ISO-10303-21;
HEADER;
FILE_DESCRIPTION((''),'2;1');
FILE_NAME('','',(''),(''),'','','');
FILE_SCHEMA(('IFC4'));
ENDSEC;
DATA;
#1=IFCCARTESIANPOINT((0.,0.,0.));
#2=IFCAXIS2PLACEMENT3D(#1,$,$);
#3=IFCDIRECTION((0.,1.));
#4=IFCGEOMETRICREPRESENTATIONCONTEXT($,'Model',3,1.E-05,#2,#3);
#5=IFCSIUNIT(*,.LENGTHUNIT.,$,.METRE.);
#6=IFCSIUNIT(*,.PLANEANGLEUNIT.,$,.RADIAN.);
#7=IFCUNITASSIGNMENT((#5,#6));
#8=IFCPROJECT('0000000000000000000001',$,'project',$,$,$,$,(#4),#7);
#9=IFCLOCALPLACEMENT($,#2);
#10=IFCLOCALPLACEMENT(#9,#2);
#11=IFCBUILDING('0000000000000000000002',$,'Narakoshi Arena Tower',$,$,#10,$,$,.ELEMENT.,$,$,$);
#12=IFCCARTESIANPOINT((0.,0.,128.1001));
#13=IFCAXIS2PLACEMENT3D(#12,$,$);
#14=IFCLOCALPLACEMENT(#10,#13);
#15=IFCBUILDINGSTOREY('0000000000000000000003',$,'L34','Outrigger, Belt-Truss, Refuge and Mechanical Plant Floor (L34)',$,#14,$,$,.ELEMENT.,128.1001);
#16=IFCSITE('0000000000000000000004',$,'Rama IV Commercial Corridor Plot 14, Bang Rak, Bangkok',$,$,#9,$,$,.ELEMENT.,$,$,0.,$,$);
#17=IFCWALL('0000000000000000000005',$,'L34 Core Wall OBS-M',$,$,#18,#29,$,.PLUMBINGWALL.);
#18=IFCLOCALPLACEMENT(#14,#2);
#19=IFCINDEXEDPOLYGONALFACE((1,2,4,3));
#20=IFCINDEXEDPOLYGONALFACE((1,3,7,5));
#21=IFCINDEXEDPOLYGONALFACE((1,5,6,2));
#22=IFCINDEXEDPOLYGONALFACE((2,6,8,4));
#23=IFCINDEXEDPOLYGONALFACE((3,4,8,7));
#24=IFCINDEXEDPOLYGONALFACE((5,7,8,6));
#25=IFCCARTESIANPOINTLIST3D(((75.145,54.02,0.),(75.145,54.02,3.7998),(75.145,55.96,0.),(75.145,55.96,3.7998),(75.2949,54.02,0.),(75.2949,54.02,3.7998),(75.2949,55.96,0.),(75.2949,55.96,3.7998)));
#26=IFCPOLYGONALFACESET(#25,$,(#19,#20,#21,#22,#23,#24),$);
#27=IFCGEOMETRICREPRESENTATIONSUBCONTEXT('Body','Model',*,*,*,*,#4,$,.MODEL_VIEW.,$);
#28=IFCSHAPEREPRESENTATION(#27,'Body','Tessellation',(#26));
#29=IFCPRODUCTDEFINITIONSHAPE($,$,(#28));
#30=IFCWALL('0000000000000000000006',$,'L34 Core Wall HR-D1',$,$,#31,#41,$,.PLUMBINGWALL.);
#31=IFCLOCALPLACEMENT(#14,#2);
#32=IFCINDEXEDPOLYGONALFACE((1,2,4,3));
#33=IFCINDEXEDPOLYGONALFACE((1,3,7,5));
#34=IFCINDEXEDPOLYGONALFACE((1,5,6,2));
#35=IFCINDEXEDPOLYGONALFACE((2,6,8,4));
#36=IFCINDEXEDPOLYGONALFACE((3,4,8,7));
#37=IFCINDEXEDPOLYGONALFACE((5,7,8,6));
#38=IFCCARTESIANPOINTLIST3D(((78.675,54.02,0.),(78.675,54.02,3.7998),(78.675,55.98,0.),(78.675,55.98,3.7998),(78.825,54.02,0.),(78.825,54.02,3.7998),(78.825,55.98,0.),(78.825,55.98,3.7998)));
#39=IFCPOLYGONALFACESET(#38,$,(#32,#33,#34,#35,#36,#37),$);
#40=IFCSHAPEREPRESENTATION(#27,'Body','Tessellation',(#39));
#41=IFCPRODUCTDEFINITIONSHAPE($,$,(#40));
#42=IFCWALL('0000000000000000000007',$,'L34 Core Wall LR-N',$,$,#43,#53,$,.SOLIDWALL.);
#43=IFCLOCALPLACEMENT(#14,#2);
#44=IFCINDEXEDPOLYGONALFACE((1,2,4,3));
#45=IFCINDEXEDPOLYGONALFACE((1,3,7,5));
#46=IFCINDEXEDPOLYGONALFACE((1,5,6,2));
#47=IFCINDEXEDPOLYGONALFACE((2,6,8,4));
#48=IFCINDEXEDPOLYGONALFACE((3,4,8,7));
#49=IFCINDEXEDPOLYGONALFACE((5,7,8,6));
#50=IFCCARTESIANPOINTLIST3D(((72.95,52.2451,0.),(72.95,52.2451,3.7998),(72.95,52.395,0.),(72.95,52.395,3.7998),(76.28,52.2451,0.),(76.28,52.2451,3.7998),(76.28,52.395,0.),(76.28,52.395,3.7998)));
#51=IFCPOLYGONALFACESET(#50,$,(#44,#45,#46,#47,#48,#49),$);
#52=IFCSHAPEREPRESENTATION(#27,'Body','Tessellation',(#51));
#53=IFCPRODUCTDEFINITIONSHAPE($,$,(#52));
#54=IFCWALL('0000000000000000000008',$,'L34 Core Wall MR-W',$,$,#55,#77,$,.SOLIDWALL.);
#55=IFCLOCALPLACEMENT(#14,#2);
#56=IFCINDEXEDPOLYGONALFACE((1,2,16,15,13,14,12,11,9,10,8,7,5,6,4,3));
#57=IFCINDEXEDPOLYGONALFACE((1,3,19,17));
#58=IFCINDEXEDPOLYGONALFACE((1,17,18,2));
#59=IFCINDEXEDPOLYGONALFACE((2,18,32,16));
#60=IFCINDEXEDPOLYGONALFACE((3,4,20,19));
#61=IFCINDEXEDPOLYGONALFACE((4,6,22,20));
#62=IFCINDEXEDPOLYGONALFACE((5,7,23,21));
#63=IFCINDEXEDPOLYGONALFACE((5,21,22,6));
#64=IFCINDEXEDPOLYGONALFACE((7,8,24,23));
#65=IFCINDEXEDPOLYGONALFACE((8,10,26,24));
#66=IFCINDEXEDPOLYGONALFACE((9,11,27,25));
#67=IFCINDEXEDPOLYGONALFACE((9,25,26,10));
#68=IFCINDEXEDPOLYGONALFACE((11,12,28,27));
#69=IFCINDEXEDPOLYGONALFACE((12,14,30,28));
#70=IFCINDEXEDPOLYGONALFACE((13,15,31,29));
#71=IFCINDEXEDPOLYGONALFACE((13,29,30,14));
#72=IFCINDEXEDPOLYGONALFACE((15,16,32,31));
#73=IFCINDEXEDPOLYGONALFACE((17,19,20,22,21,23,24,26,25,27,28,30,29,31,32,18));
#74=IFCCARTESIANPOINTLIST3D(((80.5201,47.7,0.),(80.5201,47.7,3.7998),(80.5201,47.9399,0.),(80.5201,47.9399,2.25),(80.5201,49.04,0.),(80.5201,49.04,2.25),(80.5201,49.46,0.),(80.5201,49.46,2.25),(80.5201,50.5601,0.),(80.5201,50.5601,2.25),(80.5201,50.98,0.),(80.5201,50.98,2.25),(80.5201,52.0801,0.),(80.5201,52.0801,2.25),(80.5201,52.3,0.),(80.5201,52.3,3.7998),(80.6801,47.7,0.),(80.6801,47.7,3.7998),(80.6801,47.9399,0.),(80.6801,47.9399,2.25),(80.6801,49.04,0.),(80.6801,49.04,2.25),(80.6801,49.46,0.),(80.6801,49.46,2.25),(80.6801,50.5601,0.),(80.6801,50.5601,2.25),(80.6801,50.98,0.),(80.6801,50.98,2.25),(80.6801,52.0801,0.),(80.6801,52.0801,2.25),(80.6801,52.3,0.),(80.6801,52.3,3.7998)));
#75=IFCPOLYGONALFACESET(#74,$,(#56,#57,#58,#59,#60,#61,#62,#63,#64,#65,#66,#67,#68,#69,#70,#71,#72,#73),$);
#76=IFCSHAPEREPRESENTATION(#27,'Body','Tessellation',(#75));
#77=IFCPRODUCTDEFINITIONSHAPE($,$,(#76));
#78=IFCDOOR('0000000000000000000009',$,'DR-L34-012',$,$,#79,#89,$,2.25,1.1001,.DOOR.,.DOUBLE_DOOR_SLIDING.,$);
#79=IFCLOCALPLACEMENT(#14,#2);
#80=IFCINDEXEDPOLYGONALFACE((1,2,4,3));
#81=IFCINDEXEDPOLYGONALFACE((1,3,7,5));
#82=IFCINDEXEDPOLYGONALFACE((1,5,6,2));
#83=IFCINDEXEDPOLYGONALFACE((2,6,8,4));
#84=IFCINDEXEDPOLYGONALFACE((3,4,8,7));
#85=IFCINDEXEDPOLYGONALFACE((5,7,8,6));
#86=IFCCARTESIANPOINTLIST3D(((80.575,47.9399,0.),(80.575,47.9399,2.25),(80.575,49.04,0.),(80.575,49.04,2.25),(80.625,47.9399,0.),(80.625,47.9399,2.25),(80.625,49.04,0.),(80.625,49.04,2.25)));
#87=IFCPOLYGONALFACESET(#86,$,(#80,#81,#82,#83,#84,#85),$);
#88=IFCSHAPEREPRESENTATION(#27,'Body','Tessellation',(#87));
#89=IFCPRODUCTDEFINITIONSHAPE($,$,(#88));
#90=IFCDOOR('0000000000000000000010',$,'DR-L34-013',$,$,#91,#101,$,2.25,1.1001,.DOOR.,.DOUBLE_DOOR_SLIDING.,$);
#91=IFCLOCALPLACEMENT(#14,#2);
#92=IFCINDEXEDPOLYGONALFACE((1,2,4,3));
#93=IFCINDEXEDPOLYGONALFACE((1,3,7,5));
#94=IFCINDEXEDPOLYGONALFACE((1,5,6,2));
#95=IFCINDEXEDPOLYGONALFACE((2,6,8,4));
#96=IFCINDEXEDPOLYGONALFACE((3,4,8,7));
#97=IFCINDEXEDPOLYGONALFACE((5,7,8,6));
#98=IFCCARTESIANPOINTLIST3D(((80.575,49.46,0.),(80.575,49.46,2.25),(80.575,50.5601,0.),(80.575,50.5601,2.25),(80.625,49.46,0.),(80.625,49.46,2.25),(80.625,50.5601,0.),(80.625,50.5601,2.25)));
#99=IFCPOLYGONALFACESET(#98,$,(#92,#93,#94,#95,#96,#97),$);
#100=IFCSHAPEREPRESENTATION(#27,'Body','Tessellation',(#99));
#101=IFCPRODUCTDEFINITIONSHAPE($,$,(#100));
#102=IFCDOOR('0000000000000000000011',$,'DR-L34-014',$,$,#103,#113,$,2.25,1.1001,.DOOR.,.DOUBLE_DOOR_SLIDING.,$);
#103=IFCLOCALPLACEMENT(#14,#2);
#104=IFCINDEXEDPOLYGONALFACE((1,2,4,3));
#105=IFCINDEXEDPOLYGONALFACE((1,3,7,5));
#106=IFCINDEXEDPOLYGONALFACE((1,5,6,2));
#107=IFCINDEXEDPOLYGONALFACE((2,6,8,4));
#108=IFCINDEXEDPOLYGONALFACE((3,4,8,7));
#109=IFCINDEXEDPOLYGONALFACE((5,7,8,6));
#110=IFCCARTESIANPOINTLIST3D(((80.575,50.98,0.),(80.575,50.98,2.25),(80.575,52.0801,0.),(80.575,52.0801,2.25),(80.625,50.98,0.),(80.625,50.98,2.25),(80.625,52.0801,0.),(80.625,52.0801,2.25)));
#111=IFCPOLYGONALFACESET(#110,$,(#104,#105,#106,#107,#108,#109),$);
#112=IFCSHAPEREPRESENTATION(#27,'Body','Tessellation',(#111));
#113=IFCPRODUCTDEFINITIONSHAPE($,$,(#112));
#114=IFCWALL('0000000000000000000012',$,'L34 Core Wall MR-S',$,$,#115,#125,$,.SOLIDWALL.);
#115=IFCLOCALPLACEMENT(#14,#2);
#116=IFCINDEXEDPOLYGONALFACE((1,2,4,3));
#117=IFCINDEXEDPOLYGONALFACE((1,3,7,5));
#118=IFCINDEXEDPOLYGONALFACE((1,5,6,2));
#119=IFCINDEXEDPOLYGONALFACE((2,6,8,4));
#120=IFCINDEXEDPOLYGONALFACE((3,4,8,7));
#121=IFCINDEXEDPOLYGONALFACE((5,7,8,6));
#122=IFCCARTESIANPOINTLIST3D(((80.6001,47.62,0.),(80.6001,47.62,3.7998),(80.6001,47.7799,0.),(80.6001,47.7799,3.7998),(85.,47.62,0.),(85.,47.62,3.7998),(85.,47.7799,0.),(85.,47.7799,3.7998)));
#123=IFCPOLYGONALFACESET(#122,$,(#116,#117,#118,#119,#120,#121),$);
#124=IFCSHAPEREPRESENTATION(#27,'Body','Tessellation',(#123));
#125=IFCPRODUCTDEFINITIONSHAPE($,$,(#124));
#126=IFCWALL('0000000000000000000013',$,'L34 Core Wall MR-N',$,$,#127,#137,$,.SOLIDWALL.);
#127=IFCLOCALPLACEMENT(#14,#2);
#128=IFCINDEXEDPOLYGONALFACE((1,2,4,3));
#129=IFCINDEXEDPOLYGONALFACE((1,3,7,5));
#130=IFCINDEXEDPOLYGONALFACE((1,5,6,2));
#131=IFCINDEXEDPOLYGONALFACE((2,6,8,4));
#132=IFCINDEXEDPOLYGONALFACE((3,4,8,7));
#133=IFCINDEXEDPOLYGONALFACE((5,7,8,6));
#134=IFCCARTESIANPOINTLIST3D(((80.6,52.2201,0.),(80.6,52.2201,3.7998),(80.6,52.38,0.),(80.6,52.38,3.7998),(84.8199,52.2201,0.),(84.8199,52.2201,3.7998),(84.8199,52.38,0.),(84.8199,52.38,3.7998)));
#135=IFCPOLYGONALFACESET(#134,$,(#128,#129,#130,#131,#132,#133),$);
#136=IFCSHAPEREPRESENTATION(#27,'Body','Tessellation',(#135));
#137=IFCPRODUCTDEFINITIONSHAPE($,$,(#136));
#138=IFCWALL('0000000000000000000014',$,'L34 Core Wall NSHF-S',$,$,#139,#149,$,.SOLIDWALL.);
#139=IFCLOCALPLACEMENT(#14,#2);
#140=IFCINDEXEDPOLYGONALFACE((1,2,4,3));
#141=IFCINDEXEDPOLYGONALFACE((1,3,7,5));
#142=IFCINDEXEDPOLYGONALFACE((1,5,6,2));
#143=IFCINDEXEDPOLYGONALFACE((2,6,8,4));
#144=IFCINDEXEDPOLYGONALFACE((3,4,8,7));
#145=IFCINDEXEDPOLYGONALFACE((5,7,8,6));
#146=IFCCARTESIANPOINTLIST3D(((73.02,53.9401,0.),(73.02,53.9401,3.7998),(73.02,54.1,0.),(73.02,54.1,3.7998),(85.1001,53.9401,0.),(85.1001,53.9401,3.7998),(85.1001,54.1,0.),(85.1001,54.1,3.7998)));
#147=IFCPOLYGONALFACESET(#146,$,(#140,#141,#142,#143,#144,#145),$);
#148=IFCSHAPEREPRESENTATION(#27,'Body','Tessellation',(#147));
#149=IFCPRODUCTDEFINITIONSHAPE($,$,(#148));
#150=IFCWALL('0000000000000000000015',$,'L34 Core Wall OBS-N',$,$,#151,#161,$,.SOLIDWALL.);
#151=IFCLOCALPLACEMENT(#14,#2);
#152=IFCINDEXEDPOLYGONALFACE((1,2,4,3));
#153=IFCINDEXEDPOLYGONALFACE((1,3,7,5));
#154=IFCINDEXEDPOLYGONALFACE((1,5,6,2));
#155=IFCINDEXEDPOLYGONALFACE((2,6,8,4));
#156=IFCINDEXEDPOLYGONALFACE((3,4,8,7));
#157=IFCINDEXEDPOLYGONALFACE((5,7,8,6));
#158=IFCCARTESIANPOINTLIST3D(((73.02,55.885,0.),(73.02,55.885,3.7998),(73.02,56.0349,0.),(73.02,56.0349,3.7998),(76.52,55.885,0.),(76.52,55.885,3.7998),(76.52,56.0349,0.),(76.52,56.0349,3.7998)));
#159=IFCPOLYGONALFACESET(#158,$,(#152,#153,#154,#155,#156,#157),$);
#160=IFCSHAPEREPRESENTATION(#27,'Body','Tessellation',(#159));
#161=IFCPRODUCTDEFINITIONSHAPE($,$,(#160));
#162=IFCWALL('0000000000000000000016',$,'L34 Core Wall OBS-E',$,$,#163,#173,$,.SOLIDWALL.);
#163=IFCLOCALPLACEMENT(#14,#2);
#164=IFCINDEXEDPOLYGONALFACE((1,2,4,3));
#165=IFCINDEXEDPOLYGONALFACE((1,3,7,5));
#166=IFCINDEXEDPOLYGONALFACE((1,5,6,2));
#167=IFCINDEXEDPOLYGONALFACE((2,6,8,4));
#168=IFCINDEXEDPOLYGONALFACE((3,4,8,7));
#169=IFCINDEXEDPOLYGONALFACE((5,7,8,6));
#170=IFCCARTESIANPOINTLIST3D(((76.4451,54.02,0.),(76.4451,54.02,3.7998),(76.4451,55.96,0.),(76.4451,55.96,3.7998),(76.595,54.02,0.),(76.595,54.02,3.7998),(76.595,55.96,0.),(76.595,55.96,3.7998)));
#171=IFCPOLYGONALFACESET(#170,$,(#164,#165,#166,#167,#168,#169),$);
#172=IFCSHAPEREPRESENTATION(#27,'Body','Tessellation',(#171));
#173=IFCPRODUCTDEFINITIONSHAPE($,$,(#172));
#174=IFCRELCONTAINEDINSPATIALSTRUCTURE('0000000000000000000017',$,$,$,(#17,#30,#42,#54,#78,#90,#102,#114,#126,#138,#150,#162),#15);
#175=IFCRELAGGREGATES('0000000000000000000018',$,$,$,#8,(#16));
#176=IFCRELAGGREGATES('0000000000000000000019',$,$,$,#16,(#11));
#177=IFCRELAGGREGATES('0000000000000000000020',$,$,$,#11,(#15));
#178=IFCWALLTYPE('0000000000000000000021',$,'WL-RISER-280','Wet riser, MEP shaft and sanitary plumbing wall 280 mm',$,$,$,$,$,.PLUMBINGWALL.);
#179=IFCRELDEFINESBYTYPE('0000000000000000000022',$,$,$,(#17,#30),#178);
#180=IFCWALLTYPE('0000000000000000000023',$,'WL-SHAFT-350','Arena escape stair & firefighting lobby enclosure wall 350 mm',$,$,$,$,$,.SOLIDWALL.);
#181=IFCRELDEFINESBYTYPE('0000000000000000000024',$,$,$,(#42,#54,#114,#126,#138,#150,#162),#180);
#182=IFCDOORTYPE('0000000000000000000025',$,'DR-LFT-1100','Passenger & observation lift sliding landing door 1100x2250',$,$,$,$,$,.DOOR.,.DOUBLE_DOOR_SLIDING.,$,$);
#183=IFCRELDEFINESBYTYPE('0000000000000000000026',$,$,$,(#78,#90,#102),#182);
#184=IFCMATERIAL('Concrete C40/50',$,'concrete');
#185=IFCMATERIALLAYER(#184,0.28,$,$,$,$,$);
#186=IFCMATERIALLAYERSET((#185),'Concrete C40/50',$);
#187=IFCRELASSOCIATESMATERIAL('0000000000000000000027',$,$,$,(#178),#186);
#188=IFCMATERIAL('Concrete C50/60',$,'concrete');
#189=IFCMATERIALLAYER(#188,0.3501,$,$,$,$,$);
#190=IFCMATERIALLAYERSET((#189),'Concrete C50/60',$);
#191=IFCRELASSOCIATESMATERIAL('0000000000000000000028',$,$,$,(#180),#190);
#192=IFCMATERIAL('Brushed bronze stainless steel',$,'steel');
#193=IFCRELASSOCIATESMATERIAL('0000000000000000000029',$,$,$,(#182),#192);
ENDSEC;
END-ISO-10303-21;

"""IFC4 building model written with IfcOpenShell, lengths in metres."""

from ifc_helpers import new_model, si_unit, direction, frame, frame_2d, origin, place, context, subcontext, project, spatial, rectangle, extrude, material, layer, layer_set, type_object, element, fill, save


model = new_model("IFC4")

# Units and contexts
model_context = context("Model", 3, precision=1e-05, world=origin(), true_north=direction((0.0, 1.0)))
body_context = subcontext(model_context, "Body", "Model", "MODEL_VIEW")
ifc_project = project(units=[si_unit("LENGTHUNIT", "METRE"), si_unit("PLANEANGLEUNIT", "RADIAN")], contexts=[model_context])

# Site, building, storey
site_placement = place(None, origin())
site = spatial("IfcSite", under=ifc_project, at=site_placement, Name="Rama IV Commercial Corridor Plot 14, Bang Rak, Bangkok", CompositionType="ELEMENT", RefElevation=0.0)
building_placement = place(site_placement, origin())
building = spatial("IfcBuilding", under=site, at=building_placement, Name="Narakoshi Arena Tower", CompositionType="ELEMENT")
storey_placement = place(building_placement, frame((0.0, 0.0, 128.1001)))
storey = spatial("IfcBuildingStorey", under=building, at=storey_placement, Name="L34", Description="Outrigger, Belt-Truss, Refuge and Mechanical Plant Floor (L34)", CompositionType="ELEMENT", Elevation=128.1001)

# Walls
ifc_material_1 = material(Name="Concrete C40/50", Category="concrete")
ifc_layer_1 = layer(ifc_material_1, 0.28)
ifc_layer_set_1 = layer_set([ifc_layer_1], Name="Concrete C40/50")
wall_type_1 = type_object("IfcWallType", Name="WL-RISER-280", Description="Wet riser, MEP shaft and sanitary plumbing wall 280 mm", PredefinedType="PLUMBINGWALL", material=ifc_layer_set_1)
for number, where, z_axis, x_axis, name in (
    (1, (75.22, 54.02, 0.0), (0.0, 0.0, 1.0), (0.0, 1.0, 0.0), "L34 Core Wall OBS-M"),
):
    element("IfcWall", number, at=place(storey_placement, frame(where, z_axis=z_axis, x_axis=x_axis)), inside=storey, type_object=wall_type_1, Name=name, PredefinedType="PLUMBINGWALL", context=body_context, shape_type="SweptSolid", body=[
        extrude(rectangle(XDim=1.9399, YDim=0.1499, at=frame_2d((0.97, 0.0))), origin(), (0.0, 0.0, 1.0), 3.7998),
    ])
wall_1_placement = place(storey_placement, frame((78.75, 54.02, 0.0), z_axis=(0.0, 0.0, 1.0), x_axis=(0.0, 1.0, 0.0)))
element("IfcWall", 2, at=wall_1_placement, inside=storey, type_object=wall_type_1, Name="L34 Core Wall HR-D1", PredefinedType="PLUMBINGWALL", context=body_context, shape_type="SweptSolid", body=[
    extrude(rectangle(XDim=1.96, YDim=0.1499, at=frame_2d((0.98, 0.0))), origin(), (0.0, 0.0, 1.0), 3.7998),
])
ifc_material_2 = material(Name="Concrete C50/60", Category="concrete")
ifc_layer_2 = layer(ifc_material_2, 0.3501)
ifc_layer_set_2 = layer_set([ifc_layer_2], Name="Concrete C50/60")
wall_type_2 = type_object("IfcWallType", Name="WL-SHAFT-350", Description="Arena escape stair & firefighting lobby enclosure wall 350 mm", PredefinedType="SOLIDWALL", material=ifc_layer_set_2)
wall_2_placement = place(storey_placement, frame((72.95, 52.3201, 0.0), z_axis=(0.0, 0.0, 1.0), x_axis=(1.0, 0.0, 0.0)))
element("IfcWall", 3, at=wall_2_placement, inside=storey, type_object=wall_type_2, Name="L34 Core Wall LR-N", PredefinedType="SOLIDWALL", context=body_context, shape_type="SweptSolid", body=[
    extrude(rectangle(XDim=3.3301, YDim=0.1499, at=frame_2d((1.665, 0.0))), origin(), (0.0, 0.0, 1.0), 3.7998),
])

# Wall, openings, doors
wall_3_placement = place(storey_placement, frame((80.6001, 47.7, 0.0), z_axis=(0.0, 0.0, 1.0), x_axis=(0.0, 1.0, 0.0)))
wall_3 = element("IfcWall", 4, at=wall_3_placement, inside=storey, type_object=wall_type_2, Name="L34 Core Wall MR-W", PredefinedType="SOLIDWALL", context=body_context, shape_type="SweptSolid", body=[
    extrude(rectangle(XDim=4.6001, YDim=0.1599, at=frame_2d((2.3, 0.0))), origin(), (0.0, 0.0, 1.0), 3.7998),
])
opening_1_placement = place(wall_3_placement, frame((0.24, 0.0, 0.0)))
opening_1 = element("IfcOpeningElement", 5, at=opening_1_placement, cuts=wall_3, PredefinedType="OPENING", context=body_context, shape_type="SweptSolid", body=[
    extrude(rectangle(XDim=1.1001, YDim=2.25, at=frame_2d((0.55, 1.125))), frame((0.0, 0.0898, 0.0), z_axis=(0.0, -1.0, 0.0), x_axis=(1.0, 0.0, 0.0)), (0.0, 0.0, 1.0), 0.1799),
])
opening_2_placement = place(wall_3_placement, frame((1.76, 0.0, 0.0)))
opening_2 = element("IfcOpeningElement", 6, at=opening_2_placement, cuts=wall_3, PredefinedType="OPENING", context=body_context, shape_type="SweptSolid", body=[
    extrude(rectangle(XDim=1.1001, YDim=2.25, at=frame_2d((0.55, 1.125))), frame((0.0, 0.0898, 0.0), z_axis=(0.0, -1.0, 0.0), x_axis=(1.0, 0.0, 0.0)), (0.0, 0.0, 1.0), 0.1799),
])
opening_3_placement = place(wall_3_placement, frame((3.28, 0.0, 0.0)))
opening_3 = element("IfcOpeningElement", 7, at=opening_3_placement, cuts=wall_3, PredefinedType="OPENING", context=body_context, shape_type="SweptSolid", body=[
    extrude(rectangle(XDim=1.1001, YDim=2.25, at=frame_2d((0.55, 1.125))), frame((0.0, 0.0898, 0.0), z_axis=(0.0, -1.0, 0.0), x_axis=(1.0, 0.0, 0.0)), (0.0, 0.0, 1.0), 0.1799),
])
ifc_material_3 = material(Name="Brushed bronze stainless steel", Category="steel")
door_type = type_object("IfcDoorType", Name="DR-LFT-1100", Description="Passenger & observation lift sliding landing door 1100x2250", OperationType="DOUBLE_DOOR_SLIDING", PredefinedType="DOOR", material=ifc_material_3)
door_1_placement = place(opening_1_placement, frame((1.1001, 0.0, 0.0), z_axis=(0.0, 0.0, 1.0), x_axis=(-1.0, 0.0, 0.0)))
door_1 = element("IfcDoor", 8, at=door_1_placement, inside=storey, type_object=door_type, Name="DR-L34-012", OperationType="DOUBLE_DOOR_SLIDING", OverallHeight=2.25, OverallWidth=1.1001, PredefinedType="DOOR", context=body_context, shape_type="SweptSolid", body=[
    extrude(rectangle(XDim=1.1001, YDim=2.25, at=frame_2d((0.55, 1.125))), frame((0.0, 0.0249, 0.0), z_axis=(0.0, -1.0, 0.0), x_axis=(1.0, 0.0, 0.0)), (0.0, 0.0, 1.0), 0.05),
])
fill(opening_1, door_1)
door_2_placement = place(opening_2_placement, frame((1.1001, 0.0, 0.0), z_axis=(0.0, 0.0, 1.0), x_axis=(-1.0, 0.0, 0.0)))
door_2 = element("IfcDoor", 9, at=door_2_placement, inside=storey, type_object=door_type, Name="DR-L34-013", OperationType="DOUBLE_DOOR_SLIDING", OverallHeight=2.25, OverallWidth=1.1001, PredefinedType="DOOR", context=body_context, shape_type="SweptSolid", body=[
    extrude(rectangle(XDim=1.1001, YDim=2.25, at=frame_2d((0.55, 1.125))), frame((0.0, 0.0249, 0.0), z_axis=(0.0, -1.0, 0.0), x_axis=(1.0, 0.0, 0.0)), (0.0, 0.0, 1.0), 0.05),
])
fill(opening_2, door_2)
door_3_placement = place(opening_3_placement, frame((1.1001, 0.0, 0.0), z_axis=(0.0, 0.0, 1.0), x_axis=(-1.0, 0.0, 0.0)))
door_3 = element("IfcDoor", 10, at=door_3_placement, inside=storey, type_object=door_type, Name="DR-L34-014", OperationType="DOUBLE_DOOR_SLIDING", OverallHeight=2.25, OverallWidth=1.1001, PredefinedType="DOOR", context=body_context, shape_type="SweptSolid", body=[
    extrude(rectangle(XDim=1.1001, YDim=2.25, at=frame_2d((0.55, 1.125))), frame((0.0, 0.0249, 0.0), z_axis=(0.0, -1.0, 0.0), x_axis=(1.0, 0.0, 0.0)), (0.0, 0.0, 1.0), 0.05),
])
fill(opening_3, door_3)

# Walls
wall_4_placement = place(storey_placement, frame((80.6001, 47.7, 0.0), z_axis=(0.0, 0.0, 1.0), x_axis=(1.0, 0.0, 0.0)))
element("IfcWall", 11, at=wall_4_placement, inside=storey, type_object=wall_type_2, Name="L34 Core Wall MR-S", PredefinedType="SOLIDWALL", context=body_context, shape_type="SweptSolid", body=[
    extrude(rectangle(XDim=4.3999, YDim=0.1599, at=frame_2d((2.2, 0.0))), origin(), (0.0, 0.0, 1.0), 3.7998),
])
wall_5_placement = place(storey_placement, frame((80.6001, 52.3, 0.0), z_axis=(0.0, 0.0, 1.0), x_axis=(1.0, 0.0, 0.0)))
element("IfcWall", 12, at=wall_5_placement, inside=storey, type_object=wall_type_2, Name="L34 Core Wall MR-N", PredefinedType="SOLIDWALL", context=body_context, shape_type="SweptSolid", body=[
    extrude(rectangle(XDim=4.22, YDim=0.1599, at=frame_2d((2.1099, 0.0))), origin(), (0.0, 0.0, 1.0), 3.7998),
])
wall_6_placement = place(storey_placement, frame((73.02, 54.02, 0.0), z_axis=(0.0, 0.0, 1.0), x_axis=(1.0, 0.0, 0.0)))
element("IfcWall", 13, at=wall_6_placement, inside=storey, type_object=wall_type_2, Name="L34 Core Wall NSHF-S", PredefinedType="SOLIDWALL", context=body_context, shape_type="SweptSolid", body=[
    extrude(rectangle(XDim=12.0801, YDim=0.1599, at=frame_2d((6.04, 0.0))), origin(), (0.0, 0.0, 1.0), 3.7998),
])
wall_7_placement = place(storey_placement, frame((73.02, 55.96, 0.0), z_axis=(0.0, 0.0, 1.0), x_axis=(1.0, 0.0, 0.0)))
element("IfcWall", 14, at=wall_7_placement, inside=storey, type_object=wall_type_2, Name="L34 Core Wall OBS-N", PredefinedType="SOLIDWALL", context=body_context, shape_type="SweptSolid", body=[
    extrude(rectangle(XDim=3.5, YDim=0.1499, at=frame_2d((1.75, 0.0))), origin(), (0.0, 0.0, 1.0), 3.7998),
])
wall_8_placement = place(storey_placement, frame((76.52, 54.02, 0.0), z_axis=(0.0, 0.0, 1.0), x_axis=(0.0, 1.0, 0.0)))
element("IfcWall", 15, at=wall_8_placement, inside=storey, type_object=wall_type_2, Name="L34 Core Wall OBS-E", PredefinedType="SOLIDWALL", context=body_context, shape_type="SweptSolid", body=[
    extrude(rectangle(XDim=1.9399, YDim=0.1499, at=frame_2d((0.97, 0.0))), origin(), (0.0, 0.0, 1.0), 3.7998),
])

save(model, "model.ifc")
